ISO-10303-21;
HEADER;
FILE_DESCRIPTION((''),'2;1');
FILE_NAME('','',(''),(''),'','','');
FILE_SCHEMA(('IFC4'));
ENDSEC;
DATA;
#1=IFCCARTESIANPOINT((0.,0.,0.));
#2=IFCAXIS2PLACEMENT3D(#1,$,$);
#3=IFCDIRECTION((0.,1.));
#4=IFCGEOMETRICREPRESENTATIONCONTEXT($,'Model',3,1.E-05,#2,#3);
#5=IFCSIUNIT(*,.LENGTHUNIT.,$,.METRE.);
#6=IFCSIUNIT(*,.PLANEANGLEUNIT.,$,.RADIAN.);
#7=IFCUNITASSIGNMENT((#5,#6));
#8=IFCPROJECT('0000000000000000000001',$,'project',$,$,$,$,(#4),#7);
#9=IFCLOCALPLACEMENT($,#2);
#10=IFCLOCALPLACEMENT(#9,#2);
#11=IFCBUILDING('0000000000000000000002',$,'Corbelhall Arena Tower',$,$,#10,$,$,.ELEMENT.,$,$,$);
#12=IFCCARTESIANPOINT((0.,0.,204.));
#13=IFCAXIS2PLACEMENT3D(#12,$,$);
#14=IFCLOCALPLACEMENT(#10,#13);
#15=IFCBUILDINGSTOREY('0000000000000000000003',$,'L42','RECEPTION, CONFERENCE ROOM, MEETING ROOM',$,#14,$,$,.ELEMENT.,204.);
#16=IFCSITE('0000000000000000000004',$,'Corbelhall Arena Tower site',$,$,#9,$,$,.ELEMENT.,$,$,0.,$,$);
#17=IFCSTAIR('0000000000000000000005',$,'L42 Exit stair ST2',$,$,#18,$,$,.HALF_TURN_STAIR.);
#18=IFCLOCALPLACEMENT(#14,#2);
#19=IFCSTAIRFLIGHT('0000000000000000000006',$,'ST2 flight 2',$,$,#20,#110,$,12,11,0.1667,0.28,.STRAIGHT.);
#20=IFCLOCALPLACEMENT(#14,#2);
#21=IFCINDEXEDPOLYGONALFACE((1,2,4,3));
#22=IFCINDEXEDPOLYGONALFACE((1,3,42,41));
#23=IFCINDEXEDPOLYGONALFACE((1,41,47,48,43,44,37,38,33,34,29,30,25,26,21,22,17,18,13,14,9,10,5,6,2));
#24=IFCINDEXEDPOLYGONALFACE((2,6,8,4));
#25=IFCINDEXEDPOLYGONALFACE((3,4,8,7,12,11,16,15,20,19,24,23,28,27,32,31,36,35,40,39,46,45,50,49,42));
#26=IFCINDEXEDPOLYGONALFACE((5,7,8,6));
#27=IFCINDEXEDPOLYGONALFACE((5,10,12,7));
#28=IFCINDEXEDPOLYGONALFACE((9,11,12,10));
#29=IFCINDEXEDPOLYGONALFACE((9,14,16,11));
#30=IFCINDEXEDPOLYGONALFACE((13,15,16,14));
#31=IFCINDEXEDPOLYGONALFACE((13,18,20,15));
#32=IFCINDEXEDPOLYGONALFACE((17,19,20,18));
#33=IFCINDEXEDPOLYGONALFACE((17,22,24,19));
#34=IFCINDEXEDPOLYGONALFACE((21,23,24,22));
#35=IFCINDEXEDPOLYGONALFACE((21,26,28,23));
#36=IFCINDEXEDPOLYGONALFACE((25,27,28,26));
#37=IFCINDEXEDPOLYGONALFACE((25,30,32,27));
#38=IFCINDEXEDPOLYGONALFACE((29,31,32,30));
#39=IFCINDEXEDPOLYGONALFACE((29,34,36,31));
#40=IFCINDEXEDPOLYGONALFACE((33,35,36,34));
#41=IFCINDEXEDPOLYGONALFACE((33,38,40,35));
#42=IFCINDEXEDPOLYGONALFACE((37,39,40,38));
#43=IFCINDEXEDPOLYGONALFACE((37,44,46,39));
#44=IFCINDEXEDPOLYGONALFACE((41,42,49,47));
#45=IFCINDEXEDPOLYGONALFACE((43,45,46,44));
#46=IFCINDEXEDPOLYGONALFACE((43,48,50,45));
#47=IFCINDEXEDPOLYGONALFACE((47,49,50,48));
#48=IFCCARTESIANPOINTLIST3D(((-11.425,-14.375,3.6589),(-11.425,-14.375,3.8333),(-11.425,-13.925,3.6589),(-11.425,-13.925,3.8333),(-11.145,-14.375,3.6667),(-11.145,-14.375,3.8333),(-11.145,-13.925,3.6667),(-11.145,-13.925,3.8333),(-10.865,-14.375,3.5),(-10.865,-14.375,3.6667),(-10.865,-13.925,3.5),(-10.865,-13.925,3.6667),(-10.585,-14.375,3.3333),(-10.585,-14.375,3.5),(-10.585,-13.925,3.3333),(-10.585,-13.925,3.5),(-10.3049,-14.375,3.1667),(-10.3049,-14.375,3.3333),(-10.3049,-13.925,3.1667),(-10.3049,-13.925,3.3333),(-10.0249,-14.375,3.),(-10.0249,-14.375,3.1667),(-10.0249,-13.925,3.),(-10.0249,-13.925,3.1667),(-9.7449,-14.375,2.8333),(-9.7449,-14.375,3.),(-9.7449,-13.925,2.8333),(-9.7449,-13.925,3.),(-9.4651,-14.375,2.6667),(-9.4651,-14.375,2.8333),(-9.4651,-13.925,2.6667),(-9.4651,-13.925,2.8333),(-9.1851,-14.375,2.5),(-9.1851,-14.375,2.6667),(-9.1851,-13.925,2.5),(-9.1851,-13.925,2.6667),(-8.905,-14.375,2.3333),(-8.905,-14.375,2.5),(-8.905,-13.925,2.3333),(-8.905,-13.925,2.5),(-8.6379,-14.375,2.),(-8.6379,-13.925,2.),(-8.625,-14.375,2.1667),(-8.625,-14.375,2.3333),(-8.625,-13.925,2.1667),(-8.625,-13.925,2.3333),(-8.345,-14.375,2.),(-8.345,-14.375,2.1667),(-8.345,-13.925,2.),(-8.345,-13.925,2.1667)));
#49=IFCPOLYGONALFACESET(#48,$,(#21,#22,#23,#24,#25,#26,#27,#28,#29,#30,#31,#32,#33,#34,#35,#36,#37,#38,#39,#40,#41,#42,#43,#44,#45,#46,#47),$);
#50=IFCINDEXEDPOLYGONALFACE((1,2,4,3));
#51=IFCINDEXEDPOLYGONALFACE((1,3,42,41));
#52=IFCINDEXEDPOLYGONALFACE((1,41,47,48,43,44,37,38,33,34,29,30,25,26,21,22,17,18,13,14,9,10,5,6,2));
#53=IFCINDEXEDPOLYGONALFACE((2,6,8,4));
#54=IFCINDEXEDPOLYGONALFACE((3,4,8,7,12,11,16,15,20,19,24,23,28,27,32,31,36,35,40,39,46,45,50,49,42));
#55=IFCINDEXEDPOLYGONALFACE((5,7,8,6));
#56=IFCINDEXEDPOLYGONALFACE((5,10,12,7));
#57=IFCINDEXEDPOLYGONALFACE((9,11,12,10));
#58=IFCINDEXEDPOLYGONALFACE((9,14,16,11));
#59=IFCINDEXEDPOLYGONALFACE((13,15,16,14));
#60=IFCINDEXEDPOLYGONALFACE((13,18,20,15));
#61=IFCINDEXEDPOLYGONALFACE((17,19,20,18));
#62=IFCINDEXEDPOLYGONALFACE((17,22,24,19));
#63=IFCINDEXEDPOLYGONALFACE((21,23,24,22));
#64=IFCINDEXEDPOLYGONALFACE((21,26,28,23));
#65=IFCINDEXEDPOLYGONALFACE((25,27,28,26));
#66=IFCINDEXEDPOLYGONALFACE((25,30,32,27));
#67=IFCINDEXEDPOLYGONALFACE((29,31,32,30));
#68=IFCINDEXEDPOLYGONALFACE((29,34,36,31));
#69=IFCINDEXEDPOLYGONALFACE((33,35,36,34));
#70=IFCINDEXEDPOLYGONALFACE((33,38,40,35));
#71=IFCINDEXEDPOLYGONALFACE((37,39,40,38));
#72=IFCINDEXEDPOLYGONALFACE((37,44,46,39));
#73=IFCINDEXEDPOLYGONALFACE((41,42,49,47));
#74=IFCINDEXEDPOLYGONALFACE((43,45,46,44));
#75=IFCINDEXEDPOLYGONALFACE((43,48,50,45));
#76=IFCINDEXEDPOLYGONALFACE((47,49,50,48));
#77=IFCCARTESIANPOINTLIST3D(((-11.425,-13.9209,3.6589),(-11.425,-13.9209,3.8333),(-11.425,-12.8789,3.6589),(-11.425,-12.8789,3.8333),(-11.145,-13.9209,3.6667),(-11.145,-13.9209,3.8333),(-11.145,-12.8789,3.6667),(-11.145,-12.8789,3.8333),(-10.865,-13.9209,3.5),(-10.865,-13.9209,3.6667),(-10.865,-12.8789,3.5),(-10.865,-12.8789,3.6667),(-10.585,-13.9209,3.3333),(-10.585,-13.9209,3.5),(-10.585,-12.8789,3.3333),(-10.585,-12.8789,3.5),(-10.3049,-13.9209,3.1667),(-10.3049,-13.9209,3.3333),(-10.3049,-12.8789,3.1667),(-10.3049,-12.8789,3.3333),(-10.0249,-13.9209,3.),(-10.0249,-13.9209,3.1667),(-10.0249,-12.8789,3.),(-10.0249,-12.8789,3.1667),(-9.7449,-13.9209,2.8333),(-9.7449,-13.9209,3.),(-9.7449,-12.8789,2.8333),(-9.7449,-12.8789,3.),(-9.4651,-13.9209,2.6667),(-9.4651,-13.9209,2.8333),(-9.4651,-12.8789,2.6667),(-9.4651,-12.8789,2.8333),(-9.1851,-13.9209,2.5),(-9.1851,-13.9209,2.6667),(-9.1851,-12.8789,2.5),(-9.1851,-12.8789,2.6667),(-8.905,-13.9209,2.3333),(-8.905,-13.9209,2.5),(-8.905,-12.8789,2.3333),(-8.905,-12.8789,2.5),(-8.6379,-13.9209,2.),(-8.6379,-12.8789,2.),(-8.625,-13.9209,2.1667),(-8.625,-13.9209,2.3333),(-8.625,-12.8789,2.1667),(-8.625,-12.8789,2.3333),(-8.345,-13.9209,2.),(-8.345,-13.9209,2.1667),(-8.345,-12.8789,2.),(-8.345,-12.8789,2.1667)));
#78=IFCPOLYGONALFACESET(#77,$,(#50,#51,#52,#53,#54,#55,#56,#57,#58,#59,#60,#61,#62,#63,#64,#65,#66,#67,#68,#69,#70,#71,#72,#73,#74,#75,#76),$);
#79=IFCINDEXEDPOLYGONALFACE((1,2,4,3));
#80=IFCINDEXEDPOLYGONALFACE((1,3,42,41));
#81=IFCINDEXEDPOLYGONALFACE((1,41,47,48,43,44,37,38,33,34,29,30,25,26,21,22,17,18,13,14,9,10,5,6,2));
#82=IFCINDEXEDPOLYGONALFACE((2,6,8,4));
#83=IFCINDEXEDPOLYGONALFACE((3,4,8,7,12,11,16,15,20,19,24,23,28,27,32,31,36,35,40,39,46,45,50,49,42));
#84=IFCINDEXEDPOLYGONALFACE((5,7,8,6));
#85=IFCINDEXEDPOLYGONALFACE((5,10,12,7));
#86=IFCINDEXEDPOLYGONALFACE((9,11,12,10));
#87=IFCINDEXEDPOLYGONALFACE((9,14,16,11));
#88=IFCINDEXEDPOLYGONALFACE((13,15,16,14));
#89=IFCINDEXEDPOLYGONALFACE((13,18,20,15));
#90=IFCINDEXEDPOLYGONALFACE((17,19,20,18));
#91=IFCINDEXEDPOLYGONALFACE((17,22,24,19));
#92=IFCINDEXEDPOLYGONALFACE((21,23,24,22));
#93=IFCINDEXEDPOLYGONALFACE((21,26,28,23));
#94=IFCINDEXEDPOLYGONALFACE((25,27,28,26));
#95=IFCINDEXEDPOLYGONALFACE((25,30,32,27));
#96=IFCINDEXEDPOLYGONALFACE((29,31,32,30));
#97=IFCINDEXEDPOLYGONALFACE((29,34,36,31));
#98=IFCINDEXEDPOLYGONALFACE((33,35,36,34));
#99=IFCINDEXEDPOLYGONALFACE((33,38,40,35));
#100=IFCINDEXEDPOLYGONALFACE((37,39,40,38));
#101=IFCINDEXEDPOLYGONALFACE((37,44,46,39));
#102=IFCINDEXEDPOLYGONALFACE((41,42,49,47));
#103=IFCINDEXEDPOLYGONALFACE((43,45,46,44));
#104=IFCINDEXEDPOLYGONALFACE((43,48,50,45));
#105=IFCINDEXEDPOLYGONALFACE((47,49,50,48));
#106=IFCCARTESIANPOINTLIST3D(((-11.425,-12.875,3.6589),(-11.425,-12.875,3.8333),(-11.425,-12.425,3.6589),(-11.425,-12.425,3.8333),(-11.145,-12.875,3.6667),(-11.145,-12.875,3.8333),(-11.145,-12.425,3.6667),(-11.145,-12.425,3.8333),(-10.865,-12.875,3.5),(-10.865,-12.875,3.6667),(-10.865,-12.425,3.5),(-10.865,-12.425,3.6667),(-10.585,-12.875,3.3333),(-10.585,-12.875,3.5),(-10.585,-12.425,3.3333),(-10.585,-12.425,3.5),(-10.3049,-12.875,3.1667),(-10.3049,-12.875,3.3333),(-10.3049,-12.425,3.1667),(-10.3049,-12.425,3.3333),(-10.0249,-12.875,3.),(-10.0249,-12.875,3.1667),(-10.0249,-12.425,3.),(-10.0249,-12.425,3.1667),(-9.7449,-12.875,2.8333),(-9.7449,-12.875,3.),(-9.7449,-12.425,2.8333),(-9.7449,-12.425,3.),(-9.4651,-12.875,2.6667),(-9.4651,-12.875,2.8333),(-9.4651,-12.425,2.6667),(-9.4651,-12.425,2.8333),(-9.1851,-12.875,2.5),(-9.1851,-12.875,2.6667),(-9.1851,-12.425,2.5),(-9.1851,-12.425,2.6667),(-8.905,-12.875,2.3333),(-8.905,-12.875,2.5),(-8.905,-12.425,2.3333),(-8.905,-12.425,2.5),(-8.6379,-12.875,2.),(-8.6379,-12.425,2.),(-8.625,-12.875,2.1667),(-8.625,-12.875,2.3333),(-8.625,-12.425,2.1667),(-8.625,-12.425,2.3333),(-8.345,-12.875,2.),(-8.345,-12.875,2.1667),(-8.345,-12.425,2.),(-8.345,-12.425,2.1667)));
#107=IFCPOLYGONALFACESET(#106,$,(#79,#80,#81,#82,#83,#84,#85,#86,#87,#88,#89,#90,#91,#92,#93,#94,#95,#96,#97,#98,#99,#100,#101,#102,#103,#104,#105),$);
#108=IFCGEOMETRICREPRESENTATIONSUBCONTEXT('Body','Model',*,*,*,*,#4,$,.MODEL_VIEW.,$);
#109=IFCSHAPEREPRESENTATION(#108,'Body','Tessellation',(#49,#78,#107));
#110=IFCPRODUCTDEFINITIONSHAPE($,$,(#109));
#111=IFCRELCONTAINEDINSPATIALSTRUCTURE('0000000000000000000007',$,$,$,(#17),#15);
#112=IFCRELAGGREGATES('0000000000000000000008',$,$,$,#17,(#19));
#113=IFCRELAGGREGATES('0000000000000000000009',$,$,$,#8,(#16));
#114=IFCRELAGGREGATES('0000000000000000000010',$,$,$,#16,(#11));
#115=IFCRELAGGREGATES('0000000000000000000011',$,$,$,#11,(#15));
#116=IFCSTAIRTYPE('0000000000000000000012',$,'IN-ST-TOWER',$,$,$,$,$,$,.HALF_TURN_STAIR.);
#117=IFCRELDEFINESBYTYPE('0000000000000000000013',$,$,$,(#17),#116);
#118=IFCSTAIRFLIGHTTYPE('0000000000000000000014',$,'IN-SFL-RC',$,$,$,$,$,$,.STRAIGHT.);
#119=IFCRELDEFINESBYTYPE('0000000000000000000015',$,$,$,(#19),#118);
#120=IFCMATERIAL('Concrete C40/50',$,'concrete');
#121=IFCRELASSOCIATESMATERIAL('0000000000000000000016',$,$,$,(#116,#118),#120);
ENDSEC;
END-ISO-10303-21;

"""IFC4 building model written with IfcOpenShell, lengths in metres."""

from ifc_helpers import new_model, si_unit, direction, frame, origin, place, context, subcontext, project, spatial, polyline, outline, extrude, material, type_object, element, aggregate, save


model = new_model("IFC4")

# Units and contexts
model_context = context("Model", 3, precision=1e-05, world=origin(), true_north=direction((0.0, 1.0)))
body_context = subcontext(model_context, "Body", "Model", "MODEL_VIEW")
ifc_project = project(units=[si_unit("LENGTHUNIT", "METRE"), si_unit("PLANEANGLEUNIT", "RADIAN")], contexts=[model_context])

# Site, building, storey
site_placement = place(None, origin())
site = spatial("IfcSite", under=ifc_project, at=site_placement, Name="Corbelhall Arena Tower site", CompositionType="ELEMENT", RefElevation=0.0)
building_placement = place(site_placement, origin())
building = spatial("IfcBuilding", under=site, at=building_placement, Name="Corbelhall Arena Tower", CompositionType="ELEMENT")
storey_placement = place(building_placement, frame((0.0, 0.0, 204.0)))
storey = spatial("IfcBuildingStorey", under=building, at=storey_placement, Name="L42", Description="RECEPTION, CONFERENCE ROOM, MEETING ROOM", CompositionType="ELEMENT", Elevation=204.0)

# Shared definitions
ifc_material_1 = material(Name="Concrete C40/50", Category="concrete")

# Stair, stair flight
stair_type = type_object("IfcStairType", Name="IN-ST-TOWER", PredefinedType="HALF_TURN_STAIR", material=ifc_material_1)
stair_placement = place(storey_placement, origin())
stair = element("IfcStair", 1, at=stair_placement, inside=storey, type_object=stair_type, Name="L42 Exit stair ST2", PredefinedType="HALF_TURN_STAIR")
stair_flight_type = type_object("IfcStairFlightType", Name="IN-SFL-RC", PredefinedType="STRAIGHT", material=ifc_material_1)
stair_flight_1_placement = place(storey_placement, frame((-8.345, -13.3999, 2.0), z_axis=(0.0, 0.0, 1.0), x_axis=(-1.0, 0.0, 0.0)))
stair_flight_1 = element("IfcStairFlight", 2, at=stair_flight_1_placement, type_object=stair_flight_type, Name="ST2 flight 2", NumberOfRisers=12, NumberOfTreads=11, PredefinedType="STRAIGHT", RiserHeight=0.1667, TreadLength=0.28, context=body_context, shape_type="SweptSolid", body=[
    extrude(outline(polyline([(0.0, 0.0), (0.0, 0.1667), (0.28, 0.1667), (0.28, 0.3333), (0.5601, 0.3333), (0.5601, 0.5), (0.8401, 0.5), (0.8401, 0.6667), (1.1201, 0.6667), (1.1201, 0.8333), (1.3999, 0.8333), (1.3999, 1.0), (1.6799, 1.0), (1.6799, 1.1667), (1.96, 1.1667), (1.96, 1.3333), (2.24, 1.3333), (2.24, 1.5), (2.52, 1.5), (2.52, 1.6667), (2.8, 1.6667), (2.8, 1.8333), (3.0801, 1.8333), (3.0801, 2.0), (3.0801, 1.6589), (0.293, 0.0), (0.0, 0.0)])), frame((0.0, 0.9751, 0.0), z_axis=(0.0, -1.0, 0.0), x_axis=(1.0, 0.0, 0.0)), (0.0, 0.0, 1.0), 0.45),
    extrude(outline(polyline([(0.0, 0.0), (0.0, 0.1667), (0.28, 0.1667), (0.28, 0.3333), (0.5601, 0.3333), (0.5601, 0.5), (0.8401, 0.5), (0.8401, 0.6667), (1.1201, 0.6667), (1.1201, 0.8333), (1.3999, 0.8333), (1.3999, 1.0), (1.6799, 1.0), (1.6799, 1.1667), (1.96, 1.1667), (1.96, 1.3333), (2.24, 1.3333), (2.24, 1.5), (2.52, 1.5), (2.52, 1.6667), (2.8, 1.6667), (2.8, 1.8333), (3.0801, 1.8333), (3.0801, 2.0), (3.0801, 1.6589), (0.293, 0.0), (0.0, 0.0)])), frame((0.0, 0.521, 0.0), z_axis=(0.0, -1.0, 0.0), x_axis=(1.0, 0.0, 0.0)), (0.0, 0.0, 1.0), 1.042),
    extrude(outline(polyline([(0.0, 0.0), (0.0, 0.1667), (0.28, 0.1667), (0.28, 0.3333), (0.5601, 0.3333), (0.5601, 0.5), (0.8401, 0.5), (0.8401, 0.6667), (1.1201, 0.6667), (1.1201, 0.8333), (1.3999, 0.8333), (1.3999, 1.0), (1.6799, 1.0), (1.6799, 1.1667), (1.96, 1.1667), (1.96, 1.3333), (2.24, 1.3333), (2.24, 1.5), (2.52, 1.5), (2.52, 1.6667), (2.8, 1.6667), (2.8, 1.8333), (3.0801, 1.8333), (3.0801, 2.0), (3.0801, 1.6589), (0.293, 0.0), (0.0, 0.0)])), frame((0.0, -0.5249, 0.0), z_axis=(0.0, -1.0, 0.0), x_axis=(1.0, 0.0, 0.0)), (0.0, 0.0, 1.0), 0.45),
])
aggregate(stair, [stair_flight_1])

save(model, "model.ifc")
